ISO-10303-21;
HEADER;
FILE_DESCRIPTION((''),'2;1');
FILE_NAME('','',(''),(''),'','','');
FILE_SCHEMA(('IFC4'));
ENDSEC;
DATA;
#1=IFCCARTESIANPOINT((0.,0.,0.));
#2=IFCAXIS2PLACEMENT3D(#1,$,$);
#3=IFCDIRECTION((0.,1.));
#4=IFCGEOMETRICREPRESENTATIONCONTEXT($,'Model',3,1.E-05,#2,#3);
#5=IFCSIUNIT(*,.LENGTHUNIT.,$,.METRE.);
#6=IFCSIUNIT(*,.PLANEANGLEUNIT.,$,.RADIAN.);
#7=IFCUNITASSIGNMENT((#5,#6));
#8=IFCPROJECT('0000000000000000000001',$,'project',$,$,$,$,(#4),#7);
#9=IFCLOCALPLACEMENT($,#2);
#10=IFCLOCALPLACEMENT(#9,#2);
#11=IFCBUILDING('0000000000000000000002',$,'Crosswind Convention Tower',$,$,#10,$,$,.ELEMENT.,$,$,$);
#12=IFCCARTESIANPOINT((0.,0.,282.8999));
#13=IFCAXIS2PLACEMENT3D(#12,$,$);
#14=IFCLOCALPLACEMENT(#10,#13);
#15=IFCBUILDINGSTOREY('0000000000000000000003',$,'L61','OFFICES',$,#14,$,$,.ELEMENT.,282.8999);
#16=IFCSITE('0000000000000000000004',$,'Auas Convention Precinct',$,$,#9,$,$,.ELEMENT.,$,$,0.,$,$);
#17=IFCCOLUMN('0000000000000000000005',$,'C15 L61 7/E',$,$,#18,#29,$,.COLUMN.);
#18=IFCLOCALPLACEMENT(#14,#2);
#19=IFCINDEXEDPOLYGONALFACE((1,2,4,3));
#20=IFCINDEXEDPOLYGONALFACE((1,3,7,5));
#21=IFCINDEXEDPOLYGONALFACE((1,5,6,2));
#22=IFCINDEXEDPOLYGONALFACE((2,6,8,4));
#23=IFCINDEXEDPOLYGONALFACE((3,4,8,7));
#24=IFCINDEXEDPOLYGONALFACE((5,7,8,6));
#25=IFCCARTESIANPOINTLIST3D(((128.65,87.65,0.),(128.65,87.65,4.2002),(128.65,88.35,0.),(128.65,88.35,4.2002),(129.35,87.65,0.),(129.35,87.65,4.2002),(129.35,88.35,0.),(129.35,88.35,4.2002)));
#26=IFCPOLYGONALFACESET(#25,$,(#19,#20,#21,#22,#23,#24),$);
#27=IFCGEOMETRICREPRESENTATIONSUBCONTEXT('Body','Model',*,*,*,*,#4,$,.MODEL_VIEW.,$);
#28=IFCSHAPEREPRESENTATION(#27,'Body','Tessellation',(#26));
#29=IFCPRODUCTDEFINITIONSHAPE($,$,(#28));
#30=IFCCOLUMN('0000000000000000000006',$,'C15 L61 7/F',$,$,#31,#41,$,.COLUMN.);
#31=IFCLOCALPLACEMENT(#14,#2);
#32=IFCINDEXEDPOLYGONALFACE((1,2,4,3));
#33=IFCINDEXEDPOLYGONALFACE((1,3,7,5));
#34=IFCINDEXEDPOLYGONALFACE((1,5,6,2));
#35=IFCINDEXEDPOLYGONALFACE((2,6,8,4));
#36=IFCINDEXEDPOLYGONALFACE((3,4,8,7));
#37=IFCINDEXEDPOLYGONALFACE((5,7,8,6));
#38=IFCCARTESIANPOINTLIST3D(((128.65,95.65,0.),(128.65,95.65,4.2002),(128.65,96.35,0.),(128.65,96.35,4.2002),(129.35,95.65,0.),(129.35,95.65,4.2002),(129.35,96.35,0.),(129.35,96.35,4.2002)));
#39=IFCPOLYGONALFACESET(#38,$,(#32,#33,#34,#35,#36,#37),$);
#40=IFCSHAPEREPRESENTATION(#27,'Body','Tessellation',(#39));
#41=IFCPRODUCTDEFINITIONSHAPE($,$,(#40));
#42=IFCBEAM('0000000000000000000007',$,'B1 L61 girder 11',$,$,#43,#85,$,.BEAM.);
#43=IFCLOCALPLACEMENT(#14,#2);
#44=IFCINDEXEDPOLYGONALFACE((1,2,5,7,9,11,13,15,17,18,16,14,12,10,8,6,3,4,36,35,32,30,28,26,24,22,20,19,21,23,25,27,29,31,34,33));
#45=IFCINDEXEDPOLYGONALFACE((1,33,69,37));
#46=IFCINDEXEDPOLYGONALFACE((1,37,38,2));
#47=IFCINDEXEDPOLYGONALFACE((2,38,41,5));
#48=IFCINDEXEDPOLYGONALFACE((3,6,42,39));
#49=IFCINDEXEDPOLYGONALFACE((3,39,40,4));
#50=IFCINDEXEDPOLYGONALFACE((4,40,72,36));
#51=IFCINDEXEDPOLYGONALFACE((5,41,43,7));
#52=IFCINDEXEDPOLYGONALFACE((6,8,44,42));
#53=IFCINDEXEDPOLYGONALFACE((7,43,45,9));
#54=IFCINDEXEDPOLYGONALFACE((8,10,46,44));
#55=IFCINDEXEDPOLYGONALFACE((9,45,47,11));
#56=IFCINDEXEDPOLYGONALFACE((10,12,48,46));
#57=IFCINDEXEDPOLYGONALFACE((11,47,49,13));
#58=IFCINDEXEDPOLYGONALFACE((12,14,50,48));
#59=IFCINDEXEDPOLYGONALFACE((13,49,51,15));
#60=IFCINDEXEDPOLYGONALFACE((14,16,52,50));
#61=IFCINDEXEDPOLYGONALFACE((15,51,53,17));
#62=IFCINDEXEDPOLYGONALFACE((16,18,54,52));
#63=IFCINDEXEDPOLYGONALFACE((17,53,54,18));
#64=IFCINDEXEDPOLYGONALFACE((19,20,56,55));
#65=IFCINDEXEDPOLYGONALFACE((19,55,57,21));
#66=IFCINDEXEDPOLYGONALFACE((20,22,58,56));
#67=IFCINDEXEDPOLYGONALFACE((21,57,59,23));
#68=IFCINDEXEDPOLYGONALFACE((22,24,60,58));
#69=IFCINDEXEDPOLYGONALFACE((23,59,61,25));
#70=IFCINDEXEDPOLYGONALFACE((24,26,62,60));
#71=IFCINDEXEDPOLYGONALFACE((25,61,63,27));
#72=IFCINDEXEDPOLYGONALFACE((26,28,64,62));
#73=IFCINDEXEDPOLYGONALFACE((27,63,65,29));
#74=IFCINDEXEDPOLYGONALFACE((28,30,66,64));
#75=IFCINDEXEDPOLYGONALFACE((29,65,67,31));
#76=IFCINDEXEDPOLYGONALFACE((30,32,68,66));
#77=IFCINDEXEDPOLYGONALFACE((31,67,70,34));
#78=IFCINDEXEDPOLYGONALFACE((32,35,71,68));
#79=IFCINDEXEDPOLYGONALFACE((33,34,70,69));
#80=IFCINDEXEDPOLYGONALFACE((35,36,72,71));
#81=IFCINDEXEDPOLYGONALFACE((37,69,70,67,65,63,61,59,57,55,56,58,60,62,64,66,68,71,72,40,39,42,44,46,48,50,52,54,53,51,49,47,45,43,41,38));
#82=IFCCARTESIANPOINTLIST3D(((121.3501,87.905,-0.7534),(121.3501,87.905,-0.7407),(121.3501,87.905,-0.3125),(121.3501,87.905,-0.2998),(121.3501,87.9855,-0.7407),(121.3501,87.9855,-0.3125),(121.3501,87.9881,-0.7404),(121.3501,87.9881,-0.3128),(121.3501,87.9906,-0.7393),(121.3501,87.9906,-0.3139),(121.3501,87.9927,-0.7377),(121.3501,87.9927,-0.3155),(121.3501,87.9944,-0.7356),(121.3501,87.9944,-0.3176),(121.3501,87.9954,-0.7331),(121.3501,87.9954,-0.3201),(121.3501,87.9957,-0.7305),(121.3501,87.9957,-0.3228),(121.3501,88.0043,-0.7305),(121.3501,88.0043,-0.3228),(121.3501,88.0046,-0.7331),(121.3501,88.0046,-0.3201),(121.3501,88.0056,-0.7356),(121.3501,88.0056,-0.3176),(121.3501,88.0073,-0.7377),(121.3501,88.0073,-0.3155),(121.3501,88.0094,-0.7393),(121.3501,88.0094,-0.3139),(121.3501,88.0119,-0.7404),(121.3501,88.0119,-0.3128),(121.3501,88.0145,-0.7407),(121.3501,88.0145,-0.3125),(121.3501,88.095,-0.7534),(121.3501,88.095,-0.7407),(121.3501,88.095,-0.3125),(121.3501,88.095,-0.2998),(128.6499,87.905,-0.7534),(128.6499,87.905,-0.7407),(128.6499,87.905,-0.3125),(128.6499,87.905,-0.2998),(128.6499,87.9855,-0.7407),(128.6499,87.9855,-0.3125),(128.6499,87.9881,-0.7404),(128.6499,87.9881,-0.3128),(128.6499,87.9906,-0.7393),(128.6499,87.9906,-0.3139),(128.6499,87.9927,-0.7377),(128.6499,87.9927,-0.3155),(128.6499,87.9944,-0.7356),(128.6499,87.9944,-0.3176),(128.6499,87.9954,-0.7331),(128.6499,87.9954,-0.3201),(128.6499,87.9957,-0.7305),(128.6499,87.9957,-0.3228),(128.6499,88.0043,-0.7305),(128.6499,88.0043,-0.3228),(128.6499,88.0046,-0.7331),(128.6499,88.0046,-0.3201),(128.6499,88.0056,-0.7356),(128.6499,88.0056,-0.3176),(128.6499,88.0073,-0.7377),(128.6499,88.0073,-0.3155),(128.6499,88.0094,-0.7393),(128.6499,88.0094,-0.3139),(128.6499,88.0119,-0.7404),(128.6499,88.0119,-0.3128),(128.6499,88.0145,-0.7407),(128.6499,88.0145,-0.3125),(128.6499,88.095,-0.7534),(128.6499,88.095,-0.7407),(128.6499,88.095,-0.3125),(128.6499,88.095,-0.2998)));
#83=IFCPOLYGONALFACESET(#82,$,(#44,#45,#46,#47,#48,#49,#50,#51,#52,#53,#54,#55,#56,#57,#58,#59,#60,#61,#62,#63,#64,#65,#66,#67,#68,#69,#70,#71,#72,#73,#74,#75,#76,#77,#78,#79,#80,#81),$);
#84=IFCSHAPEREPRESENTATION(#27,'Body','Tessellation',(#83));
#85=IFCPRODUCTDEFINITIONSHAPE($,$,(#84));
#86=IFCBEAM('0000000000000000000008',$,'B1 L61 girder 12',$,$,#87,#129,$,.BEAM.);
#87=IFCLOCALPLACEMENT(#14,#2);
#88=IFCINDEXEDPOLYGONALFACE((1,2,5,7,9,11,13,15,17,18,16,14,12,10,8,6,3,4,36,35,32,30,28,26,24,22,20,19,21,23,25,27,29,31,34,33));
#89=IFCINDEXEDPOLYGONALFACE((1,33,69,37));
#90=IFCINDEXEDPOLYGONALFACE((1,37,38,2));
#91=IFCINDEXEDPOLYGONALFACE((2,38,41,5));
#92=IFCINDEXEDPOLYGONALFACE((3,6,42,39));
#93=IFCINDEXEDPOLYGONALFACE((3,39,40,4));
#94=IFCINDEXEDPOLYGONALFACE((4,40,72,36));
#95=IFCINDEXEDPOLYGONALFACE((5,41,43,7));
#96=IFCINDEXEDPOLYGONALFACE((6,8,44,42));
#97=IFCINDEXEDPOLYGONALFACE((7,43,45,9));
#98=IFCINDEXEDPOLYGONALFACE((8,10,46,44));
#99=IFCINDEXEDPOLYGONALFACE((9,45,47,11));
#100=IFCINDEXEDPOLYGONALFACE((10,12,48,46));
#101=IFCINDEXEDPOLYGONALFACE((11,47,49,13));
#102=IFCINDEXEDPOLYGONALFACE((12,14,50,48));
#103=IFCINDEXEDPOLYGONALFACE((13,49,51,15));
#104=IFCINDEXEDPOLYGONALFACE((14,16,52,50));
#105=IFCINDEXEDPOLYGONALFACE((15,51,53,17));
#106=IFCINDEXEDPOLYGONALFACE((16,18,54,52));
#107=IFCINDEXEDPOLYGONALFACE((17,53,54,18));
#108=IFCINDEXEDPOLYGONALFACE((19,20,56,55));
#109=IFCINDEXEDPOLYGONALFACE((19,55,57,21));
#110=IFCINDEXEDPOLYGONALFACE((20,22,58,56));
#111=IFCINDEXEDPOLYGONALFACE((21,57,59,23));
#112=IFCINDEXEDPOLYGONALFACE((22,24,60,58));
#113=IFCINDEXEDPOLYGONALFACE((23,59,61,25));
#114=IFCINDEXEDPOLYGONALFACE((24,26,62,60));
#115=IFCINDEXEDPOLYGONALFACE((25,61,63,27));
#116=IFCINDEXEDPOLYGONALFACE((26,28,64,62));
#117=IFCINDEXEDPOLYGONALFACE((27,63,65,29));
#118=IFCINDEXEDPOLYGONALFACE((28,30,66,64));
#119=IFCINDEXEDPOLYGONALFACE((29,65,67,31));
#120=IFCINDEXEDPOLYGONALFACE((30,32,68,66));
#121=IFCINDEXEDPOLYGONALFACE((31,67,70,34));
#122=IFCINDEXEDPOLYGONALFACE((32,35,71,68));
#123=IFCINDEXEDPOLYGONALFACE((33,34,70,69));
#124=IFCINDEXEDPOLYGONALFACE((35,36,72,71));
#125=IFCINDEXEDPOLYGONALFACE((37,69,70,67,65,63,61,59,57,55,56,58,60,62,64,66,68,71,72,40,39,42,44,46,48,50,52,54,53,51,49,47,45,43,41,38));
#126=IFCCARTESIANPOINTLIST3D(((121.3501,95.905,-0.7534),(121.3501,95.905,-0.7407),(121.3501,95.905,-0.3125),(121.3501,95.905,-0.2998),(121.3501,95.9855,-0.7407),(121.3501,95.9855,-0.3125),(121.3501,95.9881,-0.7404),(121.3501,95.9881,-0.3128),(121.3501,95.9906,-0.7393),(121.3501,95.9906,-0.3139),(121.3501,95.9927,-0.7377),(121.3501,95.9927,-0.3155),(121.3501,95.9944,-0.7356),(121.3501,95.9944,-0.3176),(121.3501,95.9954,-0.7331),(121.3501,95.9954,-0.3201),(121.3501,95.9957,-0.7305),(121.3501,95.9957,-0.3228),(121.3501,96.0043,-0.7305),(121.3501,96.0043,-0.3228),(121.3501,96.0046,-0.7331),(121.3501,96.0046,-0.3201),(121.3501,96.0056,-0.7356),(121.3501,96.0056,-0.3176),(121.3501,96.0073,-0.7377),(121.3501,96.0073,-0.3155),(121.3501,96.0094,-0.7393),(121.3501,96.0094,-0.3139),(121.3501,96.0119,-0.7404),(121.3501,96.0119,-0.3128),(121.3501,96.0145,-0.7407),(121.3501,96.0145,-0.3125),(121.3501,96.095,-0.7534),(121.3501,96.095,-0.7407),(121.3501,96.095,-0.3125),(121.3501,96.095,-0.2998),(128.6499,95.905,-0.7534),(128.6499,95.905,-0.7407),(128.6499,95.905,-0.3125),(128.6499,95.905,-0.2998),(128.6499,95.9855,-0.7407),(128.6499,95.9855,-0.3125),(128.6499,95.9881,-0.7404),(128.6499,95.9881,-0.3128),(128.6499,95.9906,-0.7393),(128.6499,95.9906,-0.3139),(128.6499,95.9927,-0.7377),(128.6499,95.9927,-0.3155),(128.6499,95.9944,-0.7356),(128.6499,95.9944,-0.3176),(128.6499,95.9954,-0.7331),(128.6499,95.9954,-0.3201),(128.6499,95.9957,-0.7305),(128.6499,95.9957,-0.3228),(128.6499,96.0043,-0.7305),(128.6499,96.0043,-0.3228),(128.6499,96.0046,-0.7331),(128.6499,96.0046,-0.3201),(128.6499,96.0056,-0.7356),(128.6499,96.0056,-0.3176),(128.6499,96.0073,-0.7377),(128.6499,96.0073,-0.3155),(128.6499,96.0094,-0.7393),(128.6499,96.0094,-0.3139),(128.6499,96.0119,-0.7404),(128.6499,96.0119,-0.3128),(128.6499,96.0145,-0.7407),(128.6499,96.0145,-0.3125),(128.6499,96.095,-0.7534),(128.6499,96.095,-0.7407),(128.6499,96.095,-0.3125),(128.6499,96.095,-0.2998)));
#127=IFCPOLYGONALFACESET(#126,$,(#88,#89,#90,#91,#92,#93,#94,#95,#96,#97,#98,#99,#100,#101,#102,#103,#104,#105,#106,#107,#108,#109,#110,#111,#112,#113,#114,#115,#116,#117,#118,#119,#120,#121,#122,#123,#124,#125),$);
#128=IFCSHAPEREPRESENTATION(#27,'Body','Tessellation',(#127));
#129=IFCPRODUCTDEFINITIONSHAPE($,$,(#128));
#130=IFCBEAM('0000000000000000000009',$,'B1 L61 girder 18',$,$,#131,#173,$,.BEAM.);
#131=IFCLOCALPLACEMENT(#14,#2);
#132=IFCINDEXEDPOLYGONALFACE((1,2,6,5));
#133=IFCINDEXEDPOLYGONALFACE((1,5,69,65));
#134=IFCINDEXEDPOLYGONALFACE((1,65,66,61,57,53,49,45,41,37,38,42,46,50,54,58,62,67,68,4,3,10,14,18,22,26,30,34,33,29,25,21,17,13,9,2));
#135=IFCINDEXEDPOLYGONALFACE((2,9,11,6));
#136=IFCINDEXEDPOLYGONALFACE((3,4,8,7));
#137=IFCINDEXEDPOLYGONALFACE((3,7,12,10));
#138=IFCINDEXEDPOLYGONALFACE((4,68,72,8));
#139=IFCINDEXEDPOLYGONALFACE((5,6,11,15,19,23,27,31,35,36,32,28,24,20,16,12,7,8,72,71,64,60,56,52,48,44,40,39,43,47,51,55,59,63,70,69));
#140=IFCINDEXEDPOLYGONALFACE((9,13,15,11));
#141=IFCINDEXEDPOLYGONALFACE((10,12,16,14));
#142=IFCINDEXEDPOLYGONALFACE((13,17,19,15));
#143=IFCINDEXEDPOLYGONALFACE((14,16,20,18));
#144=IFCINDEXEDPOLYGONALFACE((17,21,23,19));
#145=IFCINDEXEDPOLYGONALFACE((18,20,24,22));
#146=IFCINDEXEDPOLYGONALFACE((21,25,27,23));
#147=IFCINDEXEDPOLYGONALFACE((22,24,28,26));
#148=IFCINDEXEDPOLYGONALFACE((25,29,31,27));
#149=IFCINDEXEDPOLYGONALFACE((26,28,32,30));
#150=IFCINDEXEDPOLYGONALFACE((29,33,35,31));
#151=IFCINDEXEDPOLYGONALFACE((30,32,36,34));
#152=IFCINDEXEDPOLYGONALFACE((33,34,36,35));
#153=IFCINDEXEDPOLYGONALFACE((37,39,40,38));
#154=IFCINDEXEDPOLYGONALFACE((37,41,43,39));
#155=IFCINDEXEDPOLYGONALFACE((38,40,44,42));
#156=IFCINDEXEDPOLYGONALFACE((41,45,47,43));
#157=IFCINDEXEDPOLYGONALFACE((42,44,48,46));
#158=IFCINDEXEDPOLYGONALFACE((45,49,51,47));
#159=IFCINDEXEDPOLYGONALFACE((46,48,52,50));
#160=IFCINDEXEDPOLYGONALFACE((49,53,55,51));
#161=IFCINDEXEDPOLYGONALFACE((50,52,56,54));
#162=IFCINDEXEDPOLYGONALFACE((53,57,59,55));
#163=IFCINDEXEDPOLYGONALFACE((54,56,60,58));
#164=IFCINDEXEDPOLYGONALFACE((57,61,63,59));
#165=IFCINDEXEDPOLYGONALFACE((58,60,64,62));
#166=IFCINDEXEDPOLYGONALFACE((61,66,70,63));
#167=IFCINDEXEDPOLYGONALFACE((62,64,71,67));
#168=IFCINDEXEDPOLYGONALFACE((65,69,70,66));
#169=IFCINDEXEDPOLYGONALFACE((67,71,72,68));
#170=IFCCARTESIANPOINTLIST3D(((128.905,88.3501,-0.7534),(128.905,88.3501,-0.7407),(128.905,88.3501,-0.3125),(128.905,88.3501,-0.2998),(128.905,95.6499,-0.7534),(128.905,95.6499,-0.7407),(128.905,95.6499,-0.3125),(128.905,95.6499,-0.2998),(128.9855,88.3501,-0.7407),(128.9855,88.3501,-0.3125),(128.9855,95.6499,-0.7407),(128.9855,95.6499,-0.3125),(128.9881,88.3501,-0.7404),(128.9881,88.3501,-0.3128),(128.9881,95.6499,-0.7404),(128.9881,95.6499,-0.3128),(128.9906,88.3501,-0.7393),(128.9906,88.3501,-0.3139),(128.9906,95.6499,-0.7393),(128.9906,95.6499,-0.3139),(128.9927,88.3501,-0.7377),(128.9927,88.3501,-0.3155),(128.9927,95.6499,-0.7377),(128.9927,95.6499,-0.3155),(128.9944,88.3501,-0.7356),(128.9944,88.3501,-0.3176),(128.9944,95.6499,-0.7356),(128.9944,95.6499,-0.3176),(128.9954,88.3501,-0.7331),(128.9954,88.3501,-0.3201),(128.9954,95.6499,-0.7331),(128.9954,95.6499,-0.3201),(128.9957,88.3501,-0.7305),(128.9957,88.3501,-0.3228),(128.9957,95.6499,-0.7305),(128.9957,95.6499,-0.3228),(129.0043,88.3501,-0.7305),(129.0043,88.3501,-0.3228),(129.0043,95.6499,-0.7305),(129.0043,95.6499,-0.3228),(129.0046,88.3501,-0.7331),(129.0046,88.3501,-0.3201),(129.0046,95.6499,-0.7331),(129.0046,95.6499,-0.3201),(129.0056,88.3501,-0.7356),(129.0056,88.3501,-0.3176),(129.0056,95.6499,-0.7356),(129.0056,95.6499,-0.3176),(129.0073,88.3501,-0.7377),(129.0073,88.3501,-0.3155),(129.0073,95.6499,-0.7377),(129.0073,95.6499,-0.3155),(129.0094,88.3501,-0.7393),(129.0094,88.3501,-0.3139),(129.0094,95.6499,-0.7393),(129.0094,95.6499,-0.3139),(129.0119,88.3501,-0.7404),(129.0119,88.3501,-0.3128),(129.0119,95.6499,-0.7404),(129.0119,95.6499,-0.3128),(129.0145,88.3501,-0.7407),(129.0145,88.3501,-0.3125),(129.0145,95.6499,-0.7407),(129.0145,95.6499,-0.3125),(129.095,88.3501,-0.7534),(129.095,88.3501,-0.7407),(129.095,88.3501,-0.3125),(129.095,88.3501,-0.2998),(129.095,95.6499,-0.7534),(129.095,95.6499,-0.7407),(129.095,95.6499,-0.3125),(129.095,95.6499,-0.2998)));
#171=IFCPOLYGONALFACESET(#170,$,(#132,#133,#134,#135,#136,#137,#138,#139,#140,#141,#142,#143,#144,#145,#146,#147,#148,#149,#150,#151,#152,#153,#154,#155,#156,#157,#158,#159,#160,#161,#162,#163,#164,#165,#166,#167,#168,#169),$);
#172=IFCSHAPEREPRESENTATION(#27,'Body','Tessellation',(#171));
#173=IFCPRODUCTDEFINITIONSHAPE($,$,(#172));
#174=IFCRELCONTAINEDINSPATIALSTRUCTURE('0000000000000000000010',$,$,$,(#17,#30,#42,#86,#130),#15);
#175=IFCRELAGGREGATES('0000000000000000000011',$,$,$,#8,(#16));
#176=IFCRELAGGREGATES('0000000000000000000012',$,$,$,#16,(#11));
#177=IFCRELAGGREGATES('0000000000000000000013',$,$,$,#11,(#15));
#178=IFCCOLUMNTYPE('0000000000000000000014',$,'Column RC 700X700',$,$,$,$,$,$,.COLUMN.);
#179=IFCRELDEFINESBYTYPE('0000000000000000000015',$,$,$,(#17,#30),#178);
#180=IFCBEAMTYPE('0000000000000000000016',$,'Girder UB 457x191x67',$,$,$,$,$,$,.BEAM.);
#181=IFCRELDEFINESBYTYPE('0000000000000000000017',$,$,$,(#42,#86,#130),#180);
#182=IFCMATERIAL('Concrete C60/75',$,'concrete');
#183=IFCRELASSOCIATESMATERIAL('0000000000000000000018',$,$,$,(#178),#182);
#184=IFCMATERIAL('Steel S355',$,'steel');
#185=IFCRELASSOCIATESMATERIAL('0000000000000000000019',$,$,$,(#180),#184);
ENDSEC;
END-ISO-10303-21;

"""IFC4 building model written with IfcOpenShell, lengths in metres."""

from ifc_helpers import new_model, si_unit, direction, frame, origin, origin_2d, place, context, subcontext, project, spatial, rectangle, i_section, extrude, material, material_profile, profile_set, type_object, element, save


model = new_model("IFC4")

# Units and contexts
model_context = context("Model", 3, precision=1e-05, world=origin(), true_north=direction((0.0, 1.0)))
body_context = subcontext(model_context, "Body", "Model", "MODEL_VIEW")
ifc_project = project(units=[si_unit("LENGTHUNIT", "METRE"), si_unit("PLANEANGLEUNIT", "RADIAN")], contexts=[model_context])

# Site, building, storey
site_placement = place(None, origin())
site = spatial("IfcSite", under=ifc_project, at=site_placement, Name="Auas Convention Precinct", CompositionType="ELEMENT", RefElevation=0.0)
building_placement = place(site_placement, origin())
building = spatial("IfcBuilding", under=site, at=building_placement, Name="Crosswind Convention Tower", CompositionType="ELEMENT")
storey_placement = place(building_placement, frame((0.0, 0.0, 282.8999)))
storey = spatial("IfcBuildingStorey", under=building, at=storey_placement, Name="L61", Description="OFFICES", CompositionType="ELEMENT", Elevation=282.8999)

# Columns
ifc_material_1 = material(Name="Concrete C60/75", Category="concrete")
ifc_material_profile_1 = material_profile(ifc_material_1, rectangle(XDim=0.7, YDim=0.7, at=origin_2d()), Name="RC 700X700")
ifc_profile_set_1 = profile_set([ifc_material_profile_1], Name="Concrete C60/75")
column_type = type_object("IfcColumnType", Name="Column RC 700X700", PredefinedType="COLUMN", material=ifc_profile_set_1)
for number, where, z_axis, x_axis, name in (
    (1, (129.0, 88.0, 0.0), (0.0, 0.0, 1.0), (1.0, 0.0, 0.0), "C15 L61 7/E"),
    (2, (129.0, 96.0, 0.0), (0.0, 0.0, 1.0), (1.0, 0.0, 0.0), "C15 L61 7/F"),
):
    element("IfcColumn", number, at=place(storey_placement, frame(where, z_axis=z_axis, x_axis=x_axis)), inside=storey, type_object=column_type, Name=name, PredefinedType="COLUMN", context=body_context, shape_type="SweptSolid", body=[
        extrude(rectangle(XDim=0.7, YDim=0.7, at=origin_2d()), origin(), (0.0, 0.0, 1.0), 4.2002),
    ])

# Beams
ifc_material_2 = material(Name="Steel S355", Category="steel")
ifc_material_profile_2 = material_profile(ifc_material_2, i_section(OverallWidth=0.1899, OverallDepth=0.4536, WebThickness=0.0085, FlangeThickness=0.0127, FilletRadius=0.0103, at=origin_2d()), Name="UB 457x191x67")
ifc_profile_set_2 = profile_set([ifc_material_profile_2], Name="Steel S355")
beam_type_1 = type_object("IfcBeamType", Name="Girder UB 457x191x67", PredefinedType="BEAM", material=ifc_profile_set_2)
for number, where, z_axis, x_axis, name in (
    (3, (121.3501, 88.0, -0.5266), (1.0, 0.0, 0.0), (0.0, 1.0, 0.0), "B1 L61 girder 11"),
    (4, (121.3501, 96.0, -0.5266), (1.0, 0.0, 0.0), (0.0, 1.0, 0.0), "B1 L61 girder 12"),
    (5, (129.0, 88.3501, -0.5266), (0.0, 1.0, 0.0), (-1.0, 0.0, 0.0), "B1 L61 girder 18"),
):
    element("IfcBeam", number, at=place(storey_placement, frame(where, z_axis=z_axis, x_axis=x_axis)), inside=storey, type_object=beam_type_1, Name=name, PredefinedType="BEAM", context=body_context, shape_type="SweptSolid", body=[
        extrude(i_section(OverallWidth=0.1899, OverallDepth=0.4536, WebThickness=0.0085, FlangeThickness=0.0127, FilletRadius=0.0103, at=origin_2d()), origin(), (0.0, 0.0, 1.0), 7.2998),
    ])

save(model, "model.ifc")
